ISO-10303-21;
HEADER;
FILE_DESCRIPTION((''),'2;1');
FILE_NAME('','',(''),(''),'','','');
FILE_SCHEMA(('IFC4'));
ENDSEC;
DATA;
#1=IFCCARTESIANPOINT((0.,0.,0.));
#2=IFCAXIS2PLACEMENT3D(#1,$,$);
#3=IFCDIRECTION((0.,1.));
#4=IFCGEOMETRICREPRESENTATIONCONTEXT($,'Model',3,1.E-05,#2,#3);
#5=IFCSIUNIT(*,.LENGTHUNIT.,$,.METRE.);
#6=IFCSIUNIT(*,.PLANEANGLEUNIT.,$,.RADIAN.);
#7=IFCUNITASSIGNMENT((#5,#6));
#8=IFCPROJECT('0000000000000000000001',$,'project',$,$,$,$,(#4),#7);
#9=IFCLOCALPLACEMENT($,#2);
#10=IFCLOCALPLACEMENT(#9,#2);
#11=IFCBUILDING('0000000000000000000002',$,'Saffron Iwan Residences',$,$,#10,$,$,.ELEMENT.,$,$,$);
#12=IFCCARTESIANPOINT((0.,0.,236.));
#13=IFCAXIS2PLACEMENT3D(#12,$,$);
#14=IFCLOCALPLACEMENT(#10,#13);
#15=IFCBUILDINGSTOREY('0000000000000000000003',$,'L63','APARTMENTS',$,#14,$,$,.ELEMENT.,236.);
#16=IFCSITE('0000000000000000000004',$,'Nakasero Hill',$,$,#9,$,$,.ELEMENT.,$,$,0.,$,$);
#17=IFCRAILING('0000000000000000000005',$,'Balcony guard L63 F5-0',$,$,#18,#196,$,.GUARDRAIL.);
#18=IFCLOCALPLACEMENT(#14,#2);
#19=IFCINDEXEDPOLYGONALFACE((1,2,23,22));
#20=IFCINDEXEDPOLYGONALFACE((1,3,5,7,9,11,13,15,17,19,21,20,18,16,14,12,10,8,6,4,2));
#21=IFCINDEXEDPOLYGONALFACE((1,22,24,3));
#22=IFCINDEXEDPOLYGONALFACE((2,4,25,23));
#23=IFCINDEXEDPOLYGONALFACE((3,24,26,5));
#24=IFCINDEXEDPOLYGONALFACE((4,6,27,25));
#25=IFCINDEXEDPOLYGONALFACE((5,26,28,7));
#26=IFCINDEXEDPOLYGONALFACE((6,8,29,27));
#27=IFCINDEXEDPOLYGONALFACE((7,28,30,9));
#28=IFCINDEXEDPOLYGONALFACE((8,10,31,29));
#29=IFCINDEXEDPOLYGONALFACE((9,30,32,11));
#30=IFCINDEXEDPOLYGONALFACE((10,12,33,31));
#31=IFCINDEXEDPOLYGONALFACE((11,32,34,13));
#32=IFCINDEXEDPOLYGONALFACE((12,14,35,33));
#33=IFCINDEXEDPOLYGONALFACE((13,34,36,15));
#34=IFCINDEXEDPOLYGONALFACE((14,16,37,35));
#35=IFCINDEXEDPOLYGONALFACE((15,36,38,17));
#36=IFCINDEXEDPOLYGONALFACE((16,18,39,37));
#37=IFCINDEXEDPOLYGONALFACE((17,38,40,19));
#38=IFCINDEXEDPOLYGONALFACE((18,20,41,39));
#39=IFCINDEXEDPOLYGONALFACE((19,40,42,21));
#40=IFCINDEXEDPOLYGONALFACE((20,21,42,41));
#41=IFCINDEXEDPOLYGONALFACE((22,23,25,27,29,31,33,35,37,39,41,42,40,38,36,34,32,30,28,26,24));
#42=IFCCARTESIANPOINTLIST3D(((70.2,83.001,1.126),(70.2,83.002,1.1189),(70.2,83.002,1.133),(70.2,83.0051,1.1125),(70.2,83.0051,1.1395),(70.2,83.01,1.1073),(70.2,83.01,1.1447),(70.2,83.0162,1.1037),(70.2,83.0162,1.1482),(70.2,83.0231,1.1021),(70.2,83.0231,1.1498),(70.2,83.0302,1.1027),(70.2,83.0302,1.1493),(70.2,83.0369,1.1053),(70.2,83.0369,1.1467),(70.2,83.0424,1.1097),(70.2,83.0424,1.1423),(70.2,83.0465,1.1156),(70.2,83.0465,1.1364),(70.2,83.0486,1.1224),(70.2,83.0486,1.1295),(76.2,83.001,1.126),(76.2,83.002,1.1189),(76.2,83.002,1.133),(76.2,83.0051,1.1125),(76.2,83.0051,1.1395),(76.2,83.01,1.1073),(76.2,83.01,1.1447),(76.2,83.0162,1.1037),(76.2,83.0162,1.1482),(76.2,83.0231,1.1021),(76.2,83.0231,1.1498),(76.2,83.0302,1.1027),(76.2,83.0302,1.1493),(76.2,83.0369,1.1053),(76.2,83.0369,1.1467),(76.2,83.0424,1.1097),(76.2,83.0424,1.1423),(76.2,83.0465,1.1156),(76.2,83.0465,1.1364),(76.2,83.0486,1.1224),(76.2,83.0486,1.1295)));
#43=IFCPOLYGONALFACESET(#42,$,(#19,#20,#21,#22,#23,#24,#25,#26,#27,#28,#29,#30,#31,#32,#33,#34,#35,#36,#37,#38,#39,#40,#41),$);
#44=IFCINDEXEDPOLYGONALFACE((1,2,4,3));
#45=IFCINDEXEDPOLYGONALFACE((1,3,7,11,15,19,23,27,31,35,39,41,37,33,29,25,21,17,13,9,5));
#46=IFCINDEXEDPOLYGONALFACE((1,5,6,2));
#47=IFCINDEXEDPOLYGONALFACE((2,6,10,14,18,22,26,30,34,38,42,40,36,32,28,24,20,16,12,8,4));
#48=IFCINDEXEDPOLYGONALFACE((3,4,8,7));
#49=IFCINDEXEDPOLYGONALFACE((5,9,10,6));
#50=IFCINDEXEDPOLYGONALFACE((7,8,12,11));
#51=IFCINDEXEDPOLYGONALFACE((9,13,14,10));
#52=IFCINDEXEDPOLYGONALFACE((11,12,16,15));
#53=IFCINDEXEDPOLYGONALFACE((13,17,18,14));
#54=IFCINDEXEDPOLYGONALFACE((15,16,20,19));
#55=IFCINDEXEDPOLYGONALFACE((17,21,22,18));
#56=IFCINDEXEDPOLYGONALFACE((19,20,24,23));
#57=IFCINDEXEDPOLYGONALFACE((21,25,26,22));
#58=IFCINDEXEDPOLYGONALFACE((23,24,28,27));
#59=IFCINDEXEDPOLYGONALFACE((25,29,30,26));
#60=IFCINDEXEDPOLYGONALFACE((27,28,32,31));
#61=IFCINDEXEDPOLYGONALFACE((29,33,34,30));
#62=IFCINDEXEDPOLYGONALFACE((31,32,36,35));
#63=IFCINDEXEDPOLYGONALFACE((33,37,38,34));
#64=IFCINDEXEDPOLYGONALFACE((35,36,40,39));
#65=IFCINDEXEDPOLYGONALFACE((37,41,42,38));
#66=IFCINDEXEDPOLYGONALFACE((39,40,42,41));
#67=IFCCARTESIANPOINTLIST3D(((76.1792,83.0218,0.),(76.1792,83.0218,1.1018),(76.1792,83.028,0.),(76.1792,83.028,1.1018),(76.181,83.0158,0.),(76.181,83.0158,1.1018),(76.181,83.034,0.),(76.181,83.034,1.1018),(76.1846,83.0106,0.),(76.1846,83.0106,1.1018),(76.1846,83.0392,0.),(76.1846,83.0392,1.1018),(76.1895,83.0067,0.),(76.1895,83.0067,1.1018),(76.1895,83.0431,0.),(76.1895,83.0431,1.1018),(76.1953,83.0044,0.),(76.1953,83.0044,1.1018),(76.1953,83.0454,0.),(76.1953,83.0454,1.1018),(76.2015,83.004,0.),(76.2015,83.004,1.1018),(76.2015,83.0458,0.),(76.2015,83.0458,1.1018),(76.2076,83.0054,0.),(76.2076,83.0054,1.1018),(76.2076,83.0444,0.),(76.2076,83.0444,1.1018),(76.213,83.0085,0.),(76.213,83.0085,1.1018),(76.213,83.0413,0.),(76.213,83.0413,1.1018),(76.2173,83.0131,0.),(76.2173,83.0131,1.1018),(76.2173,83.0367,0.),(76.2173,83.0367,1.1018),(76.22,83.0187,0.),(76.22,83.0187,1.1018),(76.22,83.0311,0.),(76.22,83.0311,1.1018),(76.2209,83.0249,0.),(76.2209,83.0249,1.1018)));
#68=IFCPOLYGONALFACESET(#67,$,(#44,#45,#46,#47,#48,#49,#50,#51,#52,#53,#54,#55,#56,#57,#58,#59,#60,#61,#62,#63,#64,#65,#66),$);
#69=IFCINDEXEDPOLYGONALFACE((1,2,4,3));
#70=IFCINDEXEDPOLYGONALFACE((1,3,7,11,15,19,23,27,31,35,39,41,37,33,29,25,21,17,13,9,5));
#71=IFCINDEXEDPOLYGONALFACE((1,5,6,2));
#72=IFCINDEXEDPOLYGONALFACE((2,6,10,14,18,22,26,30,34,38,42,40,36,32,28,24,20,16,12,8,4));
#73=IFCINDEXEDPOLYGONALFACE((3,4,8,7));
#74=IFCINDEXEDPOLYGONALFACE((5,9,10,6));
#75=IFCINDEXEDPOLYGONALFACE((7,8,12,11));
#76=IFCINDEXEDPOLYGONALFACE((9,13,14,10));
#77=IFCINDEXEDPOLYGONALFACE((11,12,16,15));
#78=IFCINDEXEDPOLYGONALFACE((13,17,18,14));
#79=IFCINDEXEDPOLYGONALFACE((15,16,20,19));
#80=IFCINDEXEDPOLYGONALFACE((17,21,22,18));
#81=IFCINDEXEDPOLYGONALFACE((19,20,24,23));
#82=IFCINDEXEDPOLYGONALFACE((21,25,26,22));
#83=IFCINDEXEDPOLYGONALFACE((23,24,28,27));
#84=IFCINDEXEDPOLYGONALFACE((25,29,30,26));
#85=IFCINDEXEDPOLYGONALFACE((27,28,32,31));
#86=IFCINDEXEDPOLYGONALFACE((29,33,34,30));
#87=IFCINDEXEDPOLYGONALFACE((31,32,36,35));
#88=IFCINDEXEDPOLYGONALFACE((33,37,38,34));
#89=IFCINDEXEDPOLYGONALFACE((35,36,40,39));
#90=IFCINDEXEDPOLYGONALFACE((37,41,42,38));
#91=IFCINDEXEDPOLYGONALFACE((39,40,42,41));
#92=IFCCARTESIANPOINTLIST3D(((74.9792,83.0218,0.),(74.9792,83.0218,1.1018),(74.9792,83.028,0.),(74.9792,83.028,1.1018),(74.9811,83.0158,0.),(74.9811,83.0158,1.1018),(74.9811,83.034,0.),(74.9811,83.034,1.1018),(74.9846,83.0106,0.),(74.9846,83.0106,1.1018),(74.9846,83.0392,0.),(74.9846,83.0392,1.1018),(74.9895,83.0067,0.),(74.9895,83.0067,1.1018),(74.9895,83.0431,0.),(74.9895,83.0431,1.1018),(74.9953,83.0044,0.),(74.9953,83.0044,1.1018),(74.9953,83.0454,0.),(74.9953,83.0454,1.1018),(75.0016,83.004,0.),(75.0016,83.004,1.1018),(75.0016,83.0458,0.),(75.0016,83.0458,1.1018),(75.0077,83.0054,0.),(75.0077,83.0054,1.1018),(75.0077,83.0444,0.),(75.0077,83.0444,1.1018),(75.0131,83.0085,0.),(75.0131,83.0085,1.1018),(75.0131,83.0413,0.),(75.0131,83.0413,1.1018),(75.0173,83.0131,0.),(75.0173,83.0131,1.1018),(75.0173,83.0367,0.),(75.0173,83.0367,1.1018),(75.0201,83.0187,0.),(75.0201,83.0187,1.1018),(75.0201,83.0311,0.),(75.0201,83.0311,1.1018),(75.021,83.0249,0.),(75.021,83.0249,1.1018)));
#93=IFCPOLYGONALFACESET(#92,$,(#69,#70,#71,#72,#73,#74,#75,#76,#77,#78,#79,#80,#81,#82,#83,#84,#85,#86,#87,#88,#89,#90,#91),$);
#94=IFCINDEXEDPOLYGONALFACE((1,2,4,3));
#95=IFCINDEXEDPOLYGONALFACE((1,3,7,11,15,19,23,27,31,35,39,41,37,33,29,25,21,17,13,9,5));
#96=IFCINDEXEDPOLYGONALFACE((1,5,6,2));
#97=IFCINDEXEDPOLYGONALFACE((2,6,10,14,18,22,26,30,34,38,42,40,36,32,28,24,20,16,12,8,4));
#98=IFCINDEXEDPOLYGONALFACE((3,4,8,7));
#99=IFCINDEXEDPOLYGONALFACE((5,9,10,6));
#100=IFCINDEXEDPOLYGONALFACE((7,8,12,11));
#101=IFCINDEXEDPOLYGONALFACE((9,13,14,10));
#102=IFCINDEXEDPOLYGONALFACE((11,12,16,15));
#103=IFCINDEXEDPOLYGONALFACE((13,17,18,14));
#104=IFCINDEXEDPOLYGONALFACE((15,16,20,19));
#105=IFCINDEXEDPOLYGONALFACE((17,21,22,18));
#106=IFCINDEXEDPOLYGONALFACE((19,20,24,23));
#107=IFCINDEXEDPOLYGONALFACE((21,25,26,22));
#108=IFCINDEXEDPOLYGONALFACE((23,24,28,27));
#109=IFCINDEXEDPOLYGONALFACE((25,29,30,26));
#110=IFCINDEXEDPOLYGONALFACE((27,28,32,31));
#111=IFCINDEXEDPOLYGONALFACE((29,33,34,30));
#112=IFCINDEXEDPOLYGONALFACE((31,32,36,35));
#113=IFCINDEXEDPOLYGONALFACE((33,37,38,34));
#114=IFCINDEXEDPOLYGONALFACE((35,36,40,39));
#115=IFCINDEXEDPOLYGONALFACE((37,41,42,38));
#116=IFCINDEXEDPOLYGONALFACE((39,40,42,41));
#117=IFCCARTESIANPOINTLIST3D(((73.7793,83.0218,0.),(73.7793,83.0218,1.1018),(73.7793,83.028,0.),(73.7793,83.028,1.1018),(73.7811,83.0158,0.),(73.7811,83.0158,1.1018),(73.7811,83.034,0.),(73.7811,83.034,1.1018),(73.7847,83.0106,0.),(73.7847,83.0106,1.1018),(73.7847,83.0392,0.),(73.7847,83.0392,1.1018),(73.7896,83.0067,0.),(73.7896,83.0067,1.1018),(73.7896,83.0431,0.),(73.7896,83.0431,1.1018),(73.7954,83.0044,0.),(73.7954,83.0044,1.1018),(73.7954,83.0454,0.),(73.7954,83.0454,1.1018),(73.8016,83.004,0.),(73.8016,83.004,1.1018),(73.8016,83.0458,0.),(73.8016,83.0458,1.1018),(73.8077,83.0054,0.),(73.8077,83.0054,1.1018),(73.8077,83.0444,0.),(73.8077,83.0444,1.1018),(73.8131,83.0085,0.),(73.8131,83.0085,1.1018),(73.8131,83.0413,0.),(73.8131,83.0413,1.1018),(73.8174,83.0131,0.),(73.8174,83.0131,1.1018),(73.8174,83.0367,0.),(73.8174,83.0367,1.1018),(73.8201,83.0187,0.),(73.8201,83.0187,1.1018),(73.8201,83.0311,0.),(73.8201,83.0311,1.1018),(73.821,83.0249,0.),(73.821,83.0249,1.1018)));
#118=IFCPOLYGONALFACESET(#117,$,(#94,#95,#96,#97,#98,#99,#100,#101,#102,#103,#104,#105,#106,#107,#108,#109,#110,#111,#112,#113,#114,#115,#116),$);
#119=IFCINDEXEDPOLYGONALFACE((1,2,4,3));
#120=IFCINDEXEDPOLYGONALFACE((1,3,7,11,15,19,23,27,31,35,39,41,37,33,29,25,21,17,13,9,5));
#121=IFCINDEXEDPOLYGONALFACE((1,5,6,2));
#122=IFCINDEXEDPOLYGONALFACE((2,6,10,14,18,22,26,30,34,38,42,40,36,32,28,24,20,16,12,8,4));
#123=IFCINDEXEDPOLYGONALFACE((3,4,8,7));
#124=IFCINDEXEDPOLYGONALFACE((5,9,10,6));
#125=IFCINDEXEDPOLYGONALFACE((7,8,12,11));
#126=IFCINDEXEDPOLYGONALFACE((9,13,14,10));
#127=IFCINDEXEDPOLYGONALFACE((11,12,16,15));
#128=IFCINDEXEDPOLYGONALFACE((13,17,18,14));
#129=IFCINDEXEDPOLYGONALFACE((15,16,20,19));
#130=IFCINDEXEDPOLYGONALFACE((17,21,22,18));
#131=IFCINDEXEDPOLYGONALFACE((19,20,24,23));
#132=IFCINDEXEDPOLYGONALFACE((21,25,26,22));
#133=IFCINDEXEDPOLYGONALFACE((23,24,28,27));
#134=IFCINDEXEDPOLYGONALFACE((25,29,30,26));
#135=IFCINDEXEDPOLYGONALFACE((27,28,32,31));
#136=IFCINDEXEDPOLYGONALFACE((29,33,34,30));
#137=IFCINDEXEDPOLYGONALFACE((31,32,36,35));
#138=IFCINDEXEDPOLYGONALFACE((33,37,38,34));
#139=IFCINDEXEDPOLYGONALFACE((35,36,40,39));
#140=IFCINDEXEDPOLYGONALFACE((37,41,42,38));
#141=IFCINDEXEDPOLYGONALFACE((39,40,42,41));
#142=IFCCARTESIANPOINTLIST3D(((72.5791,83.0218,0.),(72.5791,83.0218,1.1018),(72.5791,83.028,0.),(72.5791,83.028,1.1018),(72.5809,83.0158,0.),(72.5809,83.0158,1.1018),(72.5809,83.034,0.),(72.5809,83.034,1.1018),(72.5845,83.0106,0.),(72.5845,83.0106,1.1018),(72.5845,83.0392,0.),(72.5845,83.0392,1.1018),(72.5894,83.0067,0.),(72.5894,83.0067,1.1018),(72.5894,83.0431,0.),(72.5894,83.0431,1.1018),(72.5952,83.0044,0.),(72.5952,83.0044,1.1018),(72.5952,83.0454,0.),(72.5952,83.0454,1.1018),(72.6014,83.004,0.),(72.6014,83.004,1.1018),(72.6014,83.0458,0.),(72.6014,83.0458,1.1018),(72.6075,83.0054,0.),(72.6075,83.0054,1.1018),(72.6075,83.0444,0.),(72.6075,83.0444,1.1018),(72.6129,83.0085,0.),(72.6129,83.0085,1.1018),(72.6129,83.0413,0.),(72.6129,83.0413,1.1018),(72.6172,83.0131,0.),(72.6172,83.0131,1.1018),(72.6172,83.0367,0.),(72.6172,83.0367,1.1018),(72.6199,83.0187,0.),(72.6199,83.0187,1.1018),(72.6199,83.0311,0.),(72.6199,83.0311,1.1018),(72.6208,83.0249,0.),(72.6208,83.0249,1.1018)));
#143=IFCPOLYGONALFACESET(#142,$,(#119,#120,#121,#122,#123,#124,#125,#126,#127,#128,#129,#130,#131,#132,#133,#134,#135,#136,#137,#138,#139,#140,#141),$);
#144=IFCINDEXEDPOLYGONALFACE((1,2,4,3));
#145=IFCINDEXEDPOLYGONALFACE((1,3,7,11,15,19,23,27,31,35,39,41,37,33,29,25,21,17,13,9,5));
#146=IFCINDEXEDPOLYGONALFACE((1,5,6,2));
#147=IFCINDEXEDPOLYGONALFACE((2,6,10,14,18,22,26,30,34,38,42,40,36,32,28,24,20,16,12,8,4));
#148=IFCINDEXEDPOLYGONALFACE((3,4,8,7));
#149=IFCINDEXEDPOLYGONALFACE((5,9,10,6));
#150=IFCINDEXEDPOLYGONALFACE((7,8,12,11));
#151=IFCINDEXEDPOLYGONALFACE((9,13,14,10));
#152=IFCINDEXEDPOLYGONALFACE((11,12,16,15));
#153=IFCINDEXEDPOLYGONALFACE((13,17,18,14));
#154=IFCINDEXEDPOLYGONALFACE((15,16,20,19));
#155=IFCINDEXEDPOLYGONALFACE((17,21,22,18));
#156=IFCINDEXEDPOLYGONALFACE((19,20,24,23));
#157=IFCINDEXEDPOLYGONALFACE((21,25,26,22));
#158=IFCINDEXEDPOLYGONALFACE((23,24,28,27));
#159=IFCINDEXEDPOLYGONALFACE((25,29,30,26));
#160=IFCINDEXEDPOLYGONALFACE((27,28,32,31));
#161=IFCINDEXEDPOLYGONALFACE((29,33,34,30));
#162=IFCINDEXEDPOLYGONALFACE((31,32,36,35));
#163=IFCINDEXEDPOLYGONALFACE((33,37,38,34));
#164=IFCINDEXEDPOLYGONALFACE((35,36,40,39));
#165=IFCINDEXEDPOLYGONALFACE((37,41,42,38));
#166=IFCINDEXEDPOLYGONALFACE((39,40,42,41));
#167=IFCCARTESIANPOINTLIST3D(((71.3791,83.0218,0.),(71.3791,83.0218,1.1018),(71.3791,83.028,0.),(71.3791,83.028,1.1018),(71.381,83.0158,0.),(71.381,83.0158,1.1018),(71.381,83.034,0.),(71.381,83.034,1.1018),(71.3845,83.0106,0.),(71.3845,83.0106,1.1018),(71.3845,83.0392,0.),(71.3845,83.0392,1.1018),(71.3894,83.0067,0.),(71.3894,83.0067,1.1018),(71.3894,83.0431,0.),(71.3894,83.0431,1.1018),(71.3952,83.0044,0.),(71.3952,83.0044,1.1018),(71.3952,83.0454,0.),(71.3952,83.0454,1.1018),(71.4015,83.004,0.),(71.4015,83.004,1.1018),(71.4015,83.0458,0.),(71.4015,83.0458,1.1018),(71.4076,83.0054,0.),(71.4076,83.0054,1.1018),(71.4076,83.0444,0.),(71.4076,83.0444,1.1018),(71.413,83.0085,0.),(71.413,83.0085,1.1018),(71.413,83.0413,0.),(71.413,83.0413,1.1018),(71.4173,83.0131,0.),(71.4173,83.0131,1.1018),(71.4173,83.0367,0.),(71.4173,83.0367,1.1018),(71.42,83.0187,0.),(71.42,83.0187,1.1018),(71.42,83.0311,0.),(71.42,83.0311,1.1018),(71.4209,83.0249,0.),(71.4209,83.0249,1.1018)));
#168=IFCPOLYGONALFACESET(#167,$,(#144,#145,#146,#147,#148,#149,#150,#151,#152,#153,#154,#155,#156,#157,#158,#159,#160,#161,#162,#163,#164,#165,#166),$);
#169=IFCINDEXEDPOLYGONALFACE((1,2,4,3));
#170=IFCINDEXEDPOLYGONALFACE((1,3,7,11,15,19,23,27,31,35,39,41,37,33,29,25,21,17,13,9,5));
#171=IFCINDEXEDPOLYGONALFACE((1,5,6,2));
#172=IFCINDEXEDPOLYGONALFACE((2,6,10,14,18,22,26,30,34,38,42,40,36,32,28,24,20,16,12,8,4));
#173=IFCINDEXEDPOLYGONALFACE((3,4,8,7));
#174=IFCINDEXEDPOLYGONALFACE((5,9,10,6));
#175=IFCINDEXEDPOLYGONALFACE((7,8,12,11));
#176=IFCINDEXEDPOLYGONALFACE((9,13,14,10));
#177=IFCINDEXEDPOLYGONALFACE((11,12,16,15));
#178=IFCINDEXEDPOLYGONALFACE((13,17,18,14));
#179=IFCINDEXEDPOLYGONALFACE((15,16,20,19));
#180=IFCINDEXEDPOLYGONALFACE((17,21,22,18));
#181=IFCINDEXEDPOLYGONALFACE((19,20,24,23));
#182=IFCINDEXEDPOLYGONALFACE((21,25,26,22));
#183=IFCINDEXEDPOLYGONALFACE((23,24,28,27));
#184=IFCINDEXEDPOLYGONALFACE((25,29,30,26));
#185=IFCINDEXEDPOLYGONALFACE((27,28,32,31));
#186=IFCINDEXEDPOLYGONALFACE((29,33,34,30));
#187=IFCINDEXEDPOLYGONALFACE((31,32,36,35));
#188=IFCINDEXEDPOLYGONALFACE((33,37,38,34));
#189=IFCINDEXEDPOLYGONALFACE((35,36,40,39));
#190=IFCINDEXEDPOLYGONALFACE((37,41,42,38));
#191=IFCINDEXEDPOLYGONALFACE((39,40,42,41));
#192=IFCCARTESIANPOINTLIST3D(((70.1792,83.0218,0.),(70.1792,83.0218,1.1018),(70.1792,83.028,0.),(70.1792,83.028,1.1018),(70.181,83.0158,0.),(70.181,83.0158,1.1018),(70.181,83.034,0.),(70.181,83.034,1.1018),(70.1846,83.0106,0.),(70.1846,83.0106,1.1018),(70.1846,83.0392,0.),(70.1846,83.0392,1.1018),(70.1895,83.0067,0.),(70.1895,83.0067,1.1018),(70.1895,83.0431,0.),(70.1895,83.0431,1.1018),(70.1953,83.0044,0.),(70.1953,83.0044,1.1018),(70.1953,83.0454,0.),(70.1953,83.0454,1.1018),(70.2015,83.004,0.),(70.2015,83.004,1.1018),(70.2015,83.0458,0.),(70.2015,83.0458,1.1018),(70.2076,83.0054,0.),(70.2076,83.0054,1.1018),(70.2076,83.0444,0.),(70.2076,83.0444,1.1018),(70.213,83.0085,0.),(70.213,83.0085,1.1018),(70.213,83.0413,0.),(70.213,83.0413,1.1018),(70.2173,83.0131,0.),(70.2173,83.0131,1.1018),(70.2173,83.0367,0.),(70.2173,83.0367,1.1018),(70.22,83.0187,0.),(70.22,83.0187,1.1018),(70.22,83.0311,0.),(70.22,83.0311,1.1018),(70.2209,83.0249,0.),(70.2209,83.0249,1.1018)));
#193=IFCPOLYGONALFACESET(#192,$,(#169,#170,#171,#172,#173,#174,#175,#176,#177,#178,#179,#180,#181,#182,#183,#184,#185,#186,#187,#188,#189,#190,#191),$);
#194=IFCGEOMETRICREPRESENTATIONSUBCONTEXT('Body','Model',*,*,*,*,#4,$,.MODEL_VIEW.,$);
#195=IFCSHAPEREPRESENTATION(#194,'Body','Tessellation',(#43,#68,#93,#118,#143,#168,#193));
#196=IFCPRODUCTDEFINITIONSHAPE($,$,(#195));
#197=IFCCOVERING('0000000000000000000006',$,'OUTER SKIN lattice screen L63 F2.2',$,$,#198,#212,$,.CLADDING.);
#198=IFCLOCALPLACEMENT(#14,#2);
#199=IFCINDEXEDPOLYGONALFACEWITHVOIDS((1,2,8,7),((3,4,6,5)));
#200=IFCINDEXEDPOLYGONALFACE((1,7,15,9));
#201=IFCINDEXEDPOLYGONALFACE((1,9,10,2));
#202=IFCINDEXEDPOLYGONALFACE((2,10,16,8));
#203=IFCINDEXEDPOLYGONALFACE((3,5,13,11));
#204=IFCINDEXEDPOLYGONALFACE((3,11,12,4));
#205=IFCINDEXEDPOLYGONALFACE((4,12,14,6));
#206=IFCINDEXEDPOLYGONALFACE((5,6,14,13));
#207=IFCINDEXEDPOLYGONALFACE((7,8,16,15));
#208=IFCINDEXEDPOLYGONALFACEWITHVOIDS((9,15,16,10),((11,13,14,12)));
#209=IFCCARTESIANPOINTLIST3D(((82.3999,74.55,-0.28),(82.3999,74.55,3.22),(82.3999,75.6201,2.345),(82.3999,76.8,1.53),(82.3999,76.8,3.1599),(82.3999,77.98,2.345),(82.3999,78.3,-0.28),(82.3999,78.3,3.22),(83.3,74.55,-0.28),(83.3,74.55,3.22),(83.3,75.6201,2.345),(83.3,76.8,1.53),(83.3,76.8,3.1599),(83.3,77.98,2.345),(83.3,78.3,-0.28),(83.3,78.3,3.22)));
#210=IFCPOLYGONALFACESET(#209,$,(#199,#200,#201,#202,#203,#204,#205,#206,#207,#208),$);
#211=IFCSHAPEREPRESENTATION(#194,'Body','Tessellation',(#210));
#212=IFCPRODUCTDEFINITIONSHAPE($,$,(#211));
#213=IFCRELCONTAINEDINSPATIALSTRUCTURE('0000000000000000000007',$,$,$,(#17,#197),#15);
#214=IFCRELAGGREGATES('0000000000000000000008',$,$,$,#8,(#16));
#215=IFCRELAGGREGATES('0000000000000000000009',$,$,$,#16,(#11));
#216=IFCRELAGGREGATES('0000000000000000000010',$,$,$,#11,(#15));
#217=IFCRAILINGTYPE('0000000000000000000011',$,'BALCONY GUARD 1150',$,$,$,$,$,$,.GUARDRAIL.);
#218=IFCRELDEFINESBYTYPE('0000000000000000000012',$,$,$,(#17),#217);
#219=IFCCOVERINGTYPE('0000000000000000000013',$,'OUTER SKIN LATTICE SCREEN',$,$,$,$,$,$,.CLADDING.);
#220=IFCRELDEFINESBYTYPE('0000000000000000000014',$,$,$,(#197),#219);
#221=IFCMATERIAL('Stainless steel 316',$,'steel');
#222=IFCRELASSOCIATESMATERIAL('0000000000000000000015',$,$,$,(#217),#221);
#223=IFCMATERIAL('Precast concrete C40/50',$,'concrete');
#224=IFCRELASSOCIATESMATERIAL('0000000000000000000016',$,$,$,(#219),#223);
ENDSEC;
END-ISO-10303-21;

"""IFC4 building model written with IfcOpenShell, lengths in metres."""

from ifc_helpers import new_model, si_unit, direction, frame, origin, origin_2d, place, context, subcontext, project, spatial, polyline, circle, outline, extrude, material, type_object, element, save


model = new_model("IFC4")

# Units and contexts
model_context = context("Model", 3, precision=1e-05, world=origin(), true_north=direction((0.0, 1.0)))
body_context = subcontext(model_context, "Body", "Model", "MODEL_VIEW")
ifc_project = project(units=[si_unit("LENGTHUNIT", "METRE"), si_unit("PLANEANGLEUNIT", "RADIAN")], contexts=[model_context])

# Site, building, storey
site_placement = place(None, origin())
site = spatial("IfcSite", under=ifc_project, at=site_placement, Name="Nakasero Hill", CompositionType="ELEMENT", RefElevation=0.0)
building_placement = place(site_placement, origin())
building = spatial("IfcBuilding", under=site, at=building_placement, Name="Saffron Iwan Residences", CompositionType="ELEMENT")
storey_placement = place(building_placement, frame((0.0, 0.0, 236.0)))
storey = spatial("IfcBuildingStorey", under=building, at=storey_placement, Name="L63", Description="APARTMENTS", CompositionType="ELEMENT", Elevation=236.0)

# Railing
ifc_material_1 = material(Name="Stainless steel 316", Category="steel")
railing_type = type_object("IfcRailingType", Name="BALCONY GUARD 1150", PredefinedType="GUARDRAIL", material=ifc_material_1)
railing_placement = place(storey_placement, frame((76.2, 83.0249, 0.0)))
element("IfcRailing", 1, at=railing_placement, inside=storey, type_object=railing_type, Name="Balcony guard L63 F5-0", PredefinedType="GUARDRAIL", context=body_context, shape_type="SweptSolid", body=[
    extrude(circle(Radius=0.0239, at=origin_2d()), frame((0.0, 0.0, 1.126), z_axis=(-1.0, 0.0, 0.0), x_axis=(0.0, -1.0, 0.0)), (0.0, 0.0, 1.0), 6.0),
    extrude(circle(Radius=0.021, at=origin_2d()), origin(), (0.0, 0.0, 1.0), 1.1018),
    extrude(circle(Radius=0.021, at=origin_2d()), frame((-1.2, 0.0, 0.0)), (0.0, 0.0, 1.0), 1.1018),
    extrude(circle(Radius=0.021, at=origin_2d()), frame((-2.3999, 0.0, 0.0)), (0.0, 0.0, 1.0), 1.1018),
    extrude(circle(Radius=0.021, at=origin_2d()), frame((-3.6001, 0.0, 0.0)), (0.0, 0.0, 1.0), 1.1018),
    extrude(circle(Radius=0.021, at=origin_2d()), frame((-4.8, 0.0, 0.0)), (0.0, 0.0, 1.0), 1.1018),
    extrude(circle(Radius=0.021, at=origin_2d()), frame((-6.0, 0.0, 0.0)), (0.0, 0.0, 1.0), 1.1018),
])

# Covering
ifc_material_2 = material(Name="Precast concrete C40/50", Category="concrete")
covering_type_1 = type_object("IfcCoveringType", Name="OUTER SKIN LATTICE SCREEN", PredefinedType="CLADDING", material=ifc_material_2)
covering_1_placement = place(storey_placement, frame((82.3999, 74.55, -0.28), z_axis=(1.0, 0.0, 0.0), x_axis=(0.0, 1.0, 0.0)))
element("IfcCovering", 2, at=covering_1_placement, inside=storey, type_object=covering_type_1, Name="OUTER SKIN lattice screen L63 F2.2", PredefinedType="CLADDING", context=body_context, shape_type="SweptSolid", body=[
    extrude(outline(polyline([(0.0, 0.0), (3.75, 0.0), (3.75, 3.5), (0.0, 3.5), (0.0, 0.0)]), holes=[polyline([(1.0701, 2.625), (2.25, 1.8101), (3.4299, 2.625), (2.25, 3.4399), (1.0701, 2.625)])]), origin(), (0.0, 0.0, 1.0), 0.9001),
])

save(model, "model.ifc")
